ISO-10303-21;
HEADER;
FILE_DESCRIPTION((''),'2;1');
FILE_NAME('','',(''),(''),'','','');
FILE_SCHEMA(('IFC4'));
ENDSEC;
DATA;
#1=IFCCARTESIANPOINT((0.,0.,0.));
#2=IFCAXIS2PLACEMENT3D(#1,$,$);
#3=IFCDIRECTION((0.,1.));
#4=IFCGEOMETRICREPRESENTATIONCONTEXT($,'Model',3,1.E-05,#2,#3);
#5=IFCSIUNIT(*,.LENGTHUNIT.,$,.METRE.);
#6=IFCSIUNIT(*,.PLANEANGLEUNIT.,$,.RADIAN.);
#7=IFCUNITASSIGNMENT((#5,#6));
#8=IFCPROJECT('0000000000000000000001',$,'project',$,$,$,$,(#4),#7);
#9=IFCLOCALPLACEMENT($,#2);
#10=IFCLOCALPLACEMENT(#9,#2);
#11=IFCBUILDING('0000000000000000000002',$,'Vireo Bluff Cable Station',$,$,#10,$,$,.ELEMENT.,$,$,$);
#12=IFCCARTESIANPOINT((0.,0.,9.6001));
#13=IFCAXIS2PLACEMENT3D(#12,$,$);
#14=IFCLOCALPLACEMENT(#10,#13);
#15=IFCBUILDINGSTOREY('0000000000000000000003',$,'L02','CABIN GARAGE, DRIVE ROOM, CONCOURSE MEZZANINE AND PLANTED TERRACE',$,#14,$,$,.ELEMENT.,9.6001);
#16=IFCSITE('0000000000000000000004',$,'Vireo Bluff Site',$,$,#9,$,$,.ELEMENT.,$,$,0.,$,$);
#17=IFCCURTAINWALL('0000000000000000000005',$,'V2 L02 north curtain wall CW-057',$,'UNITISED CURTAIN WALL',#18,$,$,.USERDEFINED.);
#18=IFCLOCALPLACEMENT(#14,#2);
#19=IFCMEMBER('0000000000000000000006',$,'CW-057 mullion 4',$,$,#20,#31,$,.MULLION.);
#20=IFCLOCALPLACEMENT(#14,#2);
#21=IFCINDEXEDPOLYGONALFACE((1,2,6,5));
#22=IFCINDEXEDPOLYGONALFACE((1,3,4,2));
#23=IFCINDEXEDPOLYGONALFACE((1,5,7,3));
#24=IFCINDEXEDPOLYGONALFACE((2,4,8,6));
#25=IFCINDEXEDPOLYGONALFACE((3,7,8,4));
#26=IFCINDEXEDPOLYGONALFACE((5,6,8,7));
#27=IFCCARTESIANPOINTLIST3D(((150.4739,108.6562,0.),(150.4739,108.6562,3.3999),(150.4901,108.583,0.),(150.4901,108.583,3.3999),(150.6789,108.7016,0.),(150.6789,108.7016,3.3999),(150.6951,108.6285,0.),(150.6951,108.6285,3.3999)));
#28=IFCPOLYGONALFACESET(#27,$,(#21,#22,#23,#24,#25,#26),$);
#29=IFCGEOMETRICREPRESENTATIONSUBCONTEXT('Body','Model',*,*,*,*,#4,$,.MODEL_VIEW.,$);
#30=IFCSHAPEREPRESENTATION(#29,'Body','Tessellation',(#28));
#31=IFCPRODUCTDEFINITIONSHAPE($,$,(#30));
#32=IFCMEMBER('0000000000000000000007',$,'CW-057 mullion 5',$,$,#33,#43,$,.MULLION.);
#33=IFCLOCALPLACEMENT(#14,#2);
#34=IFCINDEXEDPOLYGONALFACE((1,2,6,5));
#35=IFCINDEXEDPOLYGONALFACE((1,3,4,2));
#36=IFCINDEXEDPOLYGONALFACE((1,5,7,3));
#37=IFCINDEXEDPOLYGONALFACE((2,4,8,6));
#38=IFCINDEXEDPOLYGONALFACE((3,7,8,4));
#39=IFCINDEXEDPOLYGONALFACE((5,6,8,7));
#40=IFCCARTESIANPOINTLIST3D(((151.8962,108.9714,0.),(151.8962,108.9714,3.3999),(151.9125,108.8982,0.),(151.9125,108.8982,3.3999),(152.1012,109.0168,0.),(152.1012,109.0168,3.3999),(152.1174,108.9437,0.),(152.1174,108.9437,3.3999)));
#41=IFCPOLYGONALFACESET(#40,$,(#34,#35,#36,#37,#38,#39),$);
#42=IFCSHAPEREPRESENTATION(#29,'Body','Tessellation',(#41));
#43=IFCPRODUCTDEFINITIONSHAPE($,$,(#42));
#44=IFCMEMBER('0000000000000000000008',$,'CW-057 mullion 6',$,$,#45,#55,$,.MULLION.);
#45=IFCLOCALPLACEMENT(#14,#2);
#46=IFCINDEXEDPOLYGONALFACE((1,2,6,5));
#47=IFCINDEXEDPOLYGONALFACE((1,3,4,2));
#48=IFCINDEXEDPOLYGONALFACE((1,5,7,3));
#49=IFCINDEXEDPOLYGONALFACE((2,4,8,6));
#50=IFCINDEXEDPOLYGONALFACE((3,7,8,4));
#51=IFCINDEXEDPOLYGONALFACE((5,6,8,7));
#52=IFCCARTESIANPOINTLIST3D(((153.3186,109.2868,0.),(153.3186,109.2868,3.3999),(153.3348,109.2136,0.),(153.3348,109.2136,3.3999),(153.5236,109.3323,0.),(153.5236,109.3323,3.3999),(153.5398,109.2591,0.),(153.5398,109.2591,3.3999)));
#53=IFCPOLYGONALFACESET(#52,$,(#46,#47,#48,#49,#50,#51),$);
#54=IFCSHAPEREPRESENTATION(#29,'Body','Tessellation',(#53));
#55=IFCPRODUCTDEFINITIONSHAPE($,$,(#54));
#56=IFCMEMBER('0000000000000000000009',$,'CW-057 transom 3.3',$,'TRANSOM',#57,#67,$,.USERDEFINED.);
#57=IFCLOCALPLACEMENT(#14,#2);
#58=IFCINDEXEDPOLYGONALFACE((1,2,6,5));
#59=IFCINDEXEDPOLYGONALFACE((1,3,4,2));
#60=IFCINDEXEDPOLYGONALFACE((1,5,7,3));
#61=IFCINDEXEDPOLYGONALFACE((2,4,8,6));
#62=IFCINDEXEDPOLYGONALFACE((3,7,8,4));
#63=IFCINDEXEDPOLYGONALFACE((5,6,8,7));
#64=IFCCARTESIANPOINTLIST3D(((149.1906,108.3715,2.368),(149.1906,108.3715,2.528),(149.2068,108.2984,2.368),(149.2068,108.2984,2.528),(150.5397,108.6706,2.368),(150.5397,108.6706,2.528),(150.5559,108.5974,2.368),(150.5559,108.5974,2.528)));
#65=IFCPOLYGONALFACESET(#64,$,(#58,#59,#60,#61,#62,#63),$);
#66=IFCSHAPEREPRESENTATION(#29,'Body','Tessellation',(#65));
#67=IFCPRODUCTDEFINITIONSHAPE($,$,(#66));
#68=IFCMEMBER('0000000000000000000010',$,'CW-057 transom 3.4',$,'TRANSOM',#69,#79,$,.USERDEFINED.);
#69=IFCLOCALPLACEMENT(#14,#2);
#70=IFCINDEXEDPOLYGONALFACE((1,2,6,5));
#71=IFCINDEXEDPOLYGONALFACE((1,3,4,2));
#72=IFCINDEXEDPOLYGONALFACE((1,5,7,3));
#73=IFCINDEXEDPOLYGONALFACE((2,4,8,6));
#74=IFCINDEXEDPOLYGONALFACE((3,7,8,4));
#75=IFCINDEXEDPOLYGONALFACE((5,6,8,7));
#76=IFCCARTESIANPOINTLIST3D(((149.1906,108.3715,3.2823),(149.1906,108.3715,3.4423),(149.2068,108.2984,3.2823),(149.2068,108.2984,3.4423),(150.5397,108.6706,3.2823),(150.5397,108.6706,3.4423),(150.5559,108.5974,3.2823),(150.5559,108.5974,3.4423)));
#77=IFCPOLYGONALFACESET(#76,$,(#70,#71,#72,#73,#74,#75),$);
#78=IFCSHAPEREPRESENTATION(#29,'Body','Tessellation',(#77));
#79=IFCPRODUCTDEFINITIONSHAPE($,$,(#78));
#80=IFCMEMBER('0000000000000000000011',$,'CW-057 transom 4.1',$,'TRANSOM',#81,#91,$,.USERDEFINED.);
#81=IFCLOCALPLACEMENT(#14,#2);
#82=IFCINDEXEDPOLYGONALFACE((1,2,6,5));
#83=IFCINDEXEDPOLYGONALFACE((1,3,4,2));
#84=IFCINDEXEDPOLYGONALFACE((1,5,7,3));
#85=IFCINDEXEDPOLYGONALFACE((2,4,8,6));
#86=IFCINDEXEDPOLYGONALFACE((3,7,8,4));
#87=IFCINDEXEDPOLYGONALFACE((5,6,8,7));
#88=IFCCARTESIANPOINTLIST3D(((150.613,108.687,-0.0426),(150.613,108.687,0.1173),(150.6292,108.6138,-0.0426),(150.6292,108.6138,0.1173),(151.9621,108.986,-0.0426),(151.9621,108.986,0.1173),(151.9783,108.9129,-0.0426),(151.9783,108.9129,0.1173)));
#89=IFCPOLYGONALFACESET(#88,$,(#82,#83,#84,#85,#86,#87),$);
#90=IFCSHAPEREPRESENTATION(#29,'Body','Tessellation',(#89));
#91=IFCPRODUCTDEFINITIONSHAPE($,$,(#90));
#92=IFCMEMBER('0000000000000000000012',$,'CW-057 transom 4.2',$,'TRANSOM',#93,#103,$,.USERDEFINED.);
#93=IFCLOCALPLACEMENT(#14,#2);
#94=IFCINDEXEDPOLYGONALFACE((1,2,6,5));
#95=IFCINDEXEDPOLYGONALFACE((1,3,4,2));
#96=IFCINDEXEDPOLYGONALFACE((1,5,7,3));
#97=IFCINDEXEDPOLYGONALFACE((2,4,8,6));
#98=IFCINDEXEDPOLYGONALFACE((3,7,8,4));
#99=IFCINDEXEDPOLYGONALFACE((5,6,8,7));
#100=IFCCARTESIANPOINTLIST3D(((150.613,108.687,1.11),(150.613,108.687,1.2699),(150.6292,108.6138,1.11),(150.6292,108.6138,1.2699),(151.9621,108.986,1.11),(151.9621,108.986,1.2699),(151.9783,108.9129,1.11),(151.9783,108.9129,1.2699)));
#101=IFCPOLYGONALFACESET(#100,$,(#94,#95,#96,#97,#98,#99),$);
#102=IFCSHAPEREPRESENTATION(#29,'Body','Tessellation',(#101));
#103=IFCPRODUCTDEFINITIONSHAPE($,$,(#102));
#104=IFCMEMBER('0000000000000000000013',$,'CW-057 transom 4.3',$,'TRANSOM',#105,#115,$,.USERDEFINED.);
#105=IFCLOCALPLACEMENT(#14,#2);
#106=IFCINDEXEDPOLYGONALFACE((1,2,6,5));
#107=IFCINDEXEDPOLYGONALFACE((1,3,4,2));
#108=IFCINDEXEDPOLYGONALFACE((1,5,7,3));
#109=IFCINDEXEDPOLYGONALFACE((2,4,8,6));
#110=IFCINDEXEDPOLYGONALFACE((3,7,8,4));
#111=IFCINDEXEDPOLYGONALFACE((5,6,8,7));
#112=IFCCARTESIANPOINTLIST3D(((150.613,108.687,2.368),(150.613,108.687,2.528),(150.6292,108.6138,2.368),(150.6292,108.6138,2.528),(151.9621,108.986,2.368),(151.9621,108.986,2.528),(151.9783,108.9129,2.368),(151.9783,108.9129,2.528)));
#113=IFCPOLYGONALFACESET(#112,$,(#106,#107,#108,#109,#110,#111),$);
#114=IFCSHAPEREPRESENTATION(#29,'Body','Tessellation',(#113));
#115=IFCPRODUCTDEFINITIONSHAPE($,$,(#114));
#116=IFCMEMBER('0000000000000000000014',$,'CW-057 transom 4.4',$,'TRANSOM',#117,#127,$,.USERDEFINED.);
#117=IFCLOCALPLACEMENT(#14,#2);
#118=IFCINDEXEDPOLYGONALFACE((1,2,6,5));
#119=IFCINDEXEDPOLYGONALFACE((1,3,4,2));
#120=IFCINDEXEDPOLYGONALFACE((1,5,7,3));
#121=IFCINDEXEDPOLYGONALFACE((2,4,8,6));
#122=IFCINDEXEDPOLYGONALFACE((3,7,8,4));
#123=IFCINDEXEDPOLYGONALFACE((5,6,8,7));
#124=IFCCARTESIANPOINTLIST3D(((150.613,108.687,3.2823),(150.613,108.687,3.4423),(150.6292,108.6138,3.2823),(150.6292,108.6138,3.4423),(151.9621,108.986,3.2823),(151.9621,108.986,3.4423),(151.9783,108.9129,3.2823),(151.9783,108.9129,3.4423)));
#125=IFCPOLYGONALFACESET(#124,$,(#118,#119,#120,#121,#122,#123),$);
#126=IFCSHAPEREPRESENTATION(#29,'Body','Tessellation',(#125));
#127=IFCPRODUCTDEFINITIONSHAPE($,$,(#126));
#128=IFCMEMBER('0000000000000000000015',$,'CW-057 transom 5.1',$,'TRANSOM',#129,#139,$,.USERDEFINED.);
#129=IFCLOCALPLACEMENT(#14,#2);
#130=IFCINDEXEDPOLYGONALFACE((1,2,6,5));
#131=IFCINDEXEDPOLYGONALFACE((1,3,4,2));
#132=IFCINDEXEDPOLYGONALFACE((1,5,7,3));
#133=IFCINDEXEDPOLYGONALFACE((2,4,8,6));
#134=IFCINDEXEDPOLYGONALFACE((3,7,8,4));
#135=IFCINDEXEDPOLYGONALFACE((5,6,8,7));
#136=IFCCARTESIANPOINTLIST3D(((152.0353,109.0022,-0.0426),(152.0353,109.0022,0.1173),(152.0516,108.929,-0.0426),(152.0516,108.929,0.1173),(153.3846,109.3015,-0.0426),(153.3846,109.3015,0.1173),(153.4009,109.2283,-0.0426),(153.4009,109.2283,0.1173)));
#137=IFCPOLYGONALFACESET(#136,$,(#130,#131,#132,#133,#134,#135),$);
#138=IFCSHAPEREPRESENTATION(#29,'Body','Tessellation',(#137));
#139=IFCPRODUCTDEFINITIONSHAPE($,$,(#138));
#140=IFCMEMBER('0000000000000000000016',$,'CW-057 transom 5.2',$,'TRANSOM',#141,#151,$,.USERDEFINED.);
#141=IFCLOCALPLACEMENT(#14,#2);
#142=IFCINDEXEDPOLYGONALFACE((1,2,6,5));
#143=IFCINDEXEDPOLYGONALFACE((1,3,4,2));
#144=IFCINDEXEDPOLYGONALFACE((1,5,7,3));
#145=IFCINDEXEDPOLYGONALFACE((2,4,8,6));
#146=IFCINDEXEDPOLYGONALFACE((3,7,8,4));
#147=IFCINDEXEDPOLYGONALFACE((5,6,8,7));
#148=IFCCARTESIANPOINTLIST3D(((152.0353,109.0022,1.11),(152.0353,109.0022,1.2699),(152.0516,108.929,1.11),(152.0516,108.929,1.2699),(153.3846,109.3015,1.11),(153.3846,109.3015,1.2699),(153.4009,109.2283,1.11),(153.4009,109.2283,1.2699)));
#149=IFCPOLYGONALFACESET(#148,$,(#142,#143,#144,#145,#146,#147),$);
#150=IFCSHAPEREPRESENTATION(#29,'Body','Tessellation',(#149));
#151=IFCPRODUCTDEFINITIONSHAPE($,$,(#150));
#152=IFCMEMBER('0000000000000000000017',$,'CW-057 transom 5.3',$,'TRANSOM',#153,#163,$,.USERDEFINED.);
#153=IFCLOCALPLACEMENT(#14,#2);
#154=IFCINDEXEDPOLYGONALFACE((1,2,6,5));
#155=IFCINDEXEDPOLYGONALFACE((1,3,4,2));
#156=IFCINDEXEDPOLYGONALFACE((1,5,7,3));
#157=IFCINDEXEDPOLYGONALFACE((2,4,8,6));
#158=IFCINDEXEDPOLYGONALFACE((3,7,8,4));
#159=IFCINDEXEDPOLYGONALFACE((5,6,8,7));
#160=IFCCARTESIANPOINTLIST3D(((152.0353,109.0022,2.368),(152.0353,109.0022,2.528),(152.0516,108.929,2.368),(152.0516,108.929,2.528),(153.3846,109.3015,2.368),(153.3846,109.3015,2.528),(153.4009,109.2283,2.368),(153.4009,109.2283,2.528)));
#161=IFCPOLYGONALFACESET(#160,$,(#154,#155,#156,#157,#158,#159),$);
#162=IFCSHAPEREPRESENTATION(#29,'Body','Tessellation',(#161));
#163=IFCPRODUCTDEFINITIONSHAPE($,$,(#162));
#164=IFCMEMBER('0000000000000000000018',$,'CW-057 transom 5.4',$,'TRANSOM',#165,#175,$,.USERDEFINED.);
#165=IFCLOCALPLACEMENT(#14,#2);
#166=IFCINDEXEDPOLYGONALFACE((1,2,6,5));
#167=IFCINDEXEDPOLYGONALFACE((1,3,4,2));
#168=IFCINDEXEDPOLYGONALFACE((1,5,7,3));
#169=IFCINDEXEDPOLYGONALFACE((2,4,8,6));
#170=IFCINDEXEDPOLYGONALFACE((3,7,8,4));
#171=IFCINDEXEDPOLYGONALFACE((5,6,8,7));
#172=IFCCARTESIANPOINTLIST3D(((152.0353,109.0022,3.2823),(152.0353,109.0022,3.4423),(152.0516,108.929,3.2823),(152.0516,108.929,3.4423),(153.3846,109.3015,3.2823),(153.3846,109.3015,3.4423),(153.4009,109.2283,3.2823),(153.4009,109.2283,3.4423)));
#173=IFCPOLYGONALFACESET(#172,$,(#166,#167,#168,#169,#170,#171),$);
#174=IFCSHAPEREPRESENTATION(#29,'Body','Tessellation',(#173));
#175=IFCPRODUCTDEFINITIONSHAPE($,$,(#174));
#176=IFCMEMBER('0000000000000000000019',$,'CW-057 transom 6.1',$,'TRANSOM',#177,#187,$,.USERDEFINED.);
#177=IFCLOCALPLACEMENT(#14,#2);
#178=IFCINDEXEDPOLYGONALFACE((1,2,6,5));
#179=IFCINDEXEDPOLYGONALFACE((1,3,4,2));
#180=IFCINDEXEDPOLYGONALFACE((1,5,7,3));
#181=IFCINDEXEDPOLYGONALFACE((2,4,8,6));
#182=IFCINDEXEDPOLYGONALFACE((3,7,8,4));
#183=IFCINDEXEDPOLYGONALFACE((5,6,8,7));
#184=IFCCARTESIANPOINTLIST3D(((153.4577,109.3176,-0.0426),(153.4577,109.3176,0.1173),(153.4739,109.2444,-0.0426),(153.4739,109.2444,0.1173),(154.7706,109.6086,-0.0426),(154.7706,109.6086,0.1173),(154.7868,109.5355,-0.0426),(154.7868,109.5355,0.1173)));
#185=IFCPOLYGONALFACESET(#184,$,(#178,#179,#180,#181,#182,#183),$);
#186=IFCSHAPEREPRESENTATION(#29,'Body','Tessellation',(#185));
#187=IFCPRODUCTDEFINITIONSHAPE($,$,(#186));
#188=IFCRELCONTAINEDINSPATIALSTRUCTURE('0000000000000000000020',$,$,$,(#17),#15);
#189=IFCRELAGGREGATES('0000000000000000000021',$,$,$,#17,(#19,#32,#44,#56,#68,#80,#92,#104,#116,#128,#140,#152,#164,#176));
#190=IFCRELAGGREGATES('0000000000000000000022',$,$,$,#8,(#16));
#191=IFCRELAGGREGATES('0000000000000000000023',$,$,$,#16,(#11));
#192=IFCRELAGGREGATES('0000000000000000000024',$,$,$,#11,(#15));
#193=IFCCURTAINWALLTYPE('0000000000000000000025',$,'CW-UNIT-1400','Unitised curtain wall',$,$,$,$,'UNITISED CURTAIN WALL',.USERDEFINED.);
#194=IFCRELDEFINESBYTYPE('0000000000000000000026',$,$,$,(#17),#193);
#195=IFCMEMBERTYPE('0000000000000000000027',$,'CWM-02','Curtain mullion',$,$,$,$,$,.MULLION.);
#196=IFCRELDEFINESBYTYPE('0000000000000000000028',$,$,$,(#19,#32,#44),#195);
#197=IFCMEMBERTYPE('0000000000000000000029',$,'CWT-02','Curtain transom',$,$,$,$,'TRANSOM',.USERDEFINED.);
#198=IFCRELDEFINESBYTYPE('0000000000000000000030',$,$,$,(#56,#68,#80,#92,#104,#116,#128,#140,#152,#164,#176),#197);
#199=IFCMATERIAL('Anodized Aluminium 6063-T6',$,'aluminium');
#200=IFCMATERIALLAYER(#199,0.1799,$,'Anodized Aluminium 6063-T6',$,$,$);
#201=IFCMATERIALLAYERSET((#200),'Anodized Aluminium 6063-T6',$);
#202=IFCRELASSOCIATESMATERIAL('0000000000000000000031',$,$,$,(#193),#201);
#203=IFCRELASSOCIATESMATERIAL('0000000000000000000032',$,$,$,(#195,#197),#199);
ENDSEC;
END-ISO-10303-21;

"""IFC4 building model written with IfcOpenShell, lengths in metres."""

from ifc_helpers import new_model, si_unit, direction, frame, origin, origin_2d, place, context, subcontext, project, spatial, rectangle, extrude, material, layer, layer_set, material_profile, profile_set, type_object, element, aggregate, save


model = new_model("IFC4")

# Units and contexts
model_context = context("Model", 3, precision=1e-05, world=origin(), true_north=direction((0.0, 1.0)))
body_context = subcontext(model_context, "Body", "Model", "MODEL_VIEW")
ifc_project = project(units=[si_unit("LENGTHUNIT", "METRE"), si_unit("PLANEANGLEUNIT", "RADIAN")], contexts=[model_context])

# Site, building, storey
site_placement = place(None, origin())
site = spatial("IfcSite", under=ifc_project, at=site_placement, Name="Vireo Bluff Site", CompositionType="ELEMENT", RefElevation=0.0)
building_placement = place(site_placement, origin())
building = spatial("IfcBuilding", under=site, at=building_placement, Name="Vireo Bluff Cable Station", CompositionType="ELEMENT")
storey_placement = place(building_placement, frame((0.0, 0.0, 9.6001)))
storey = spatial("IfcBuildingStorey", under=building, at=storey_placement, Name="L02", Description="CABIN GARAGE, DRIVE ROOM, CONCOURSE MEZZANINE AND PLANTED TERRACE", CompositionType="ELEMENT", Elevation=9.6001)

# Curtain wall, members
ifc_material_1 = material(Name="Anodized Aluminium 6063-T6", Category="aluminium")
ifc_layer_1 = layer(ifc_material_1, 0.1799, Name="Anodized Aluminium 6063-T6")
ifc_layer_set_1 = layer_set([ifc_layer_1], Name="Anodized Aluminium 6063-T6")
curtain_wall_type = type_object("IfcCurtainWallType", Name="CW-UNIT-1400", Description="Unitised curtain wall", ElementType="UNITISED CURTAIN WALL", PredefinedType="USERDEFINED", material=ifc_layer_set_1)
curtain_wall_placement = place(storey_placement, origin())
curtain_wall = element("IfcCurtainWall", 1, at=curtain_wall_placement, inside=storey, type_object=curtain_wall_type, Name="V2 L02 north curtain wall CW-057", ObjectType="UNITISED CURTAIN WALL", PredefinedType="USERDEFINED")
ifc_material_profile_1 = material_profile(ifc_material_1, rectangle(XDim=0.075, YDim=0.21, at=origin_2d()), Name="ALU-M-75X210")
ifc_profile_set_1 = profile_set([ifc_material_profile_1], Name="Anodized Aluminium 6063-T6")
member_type_1 = type_object("IfcMemberType", Name="CWM-02", Description="Curtain mullion", PredefinedType="MULLION", material=ifc_profile_set_1)
member_1_placement = place(storey_placement, frame((150.5845, 108.6423, 0.0), z_axis=(0.0, 0.0, 1.0), x_axis=(-0.21644, 0.976296, 0.0)))
member_1 = element("IfcMember", 2, at=member_1_placement, type_object=member_type_1, Name="CW-057 mullion 4", PredefinedType="MULLION", context=body_context, shape_type="SweptSolid", body=[
    extrude(rectangle(XDim=0.075, YDim=0.21, at=origin_2d()), origin(), (0.0, 0.0, 1.0), 3.3999),
])
member_2_placement = place(storey_placement, frame((152.0068, 108.9575, 0.0), z_axis=(0.0, 0.0, 1.0), x_axis=(-0.21644, 0.976296, 0.0)))
member_2 = element("IfcMember", 3, at=member_2_placement, type_object=member_type_1, Name="CW-057 mullion 5", PredefinedType="MULLION", context=body_context, shape_type="SweptSolid", body=[
    extrude(rectangle(XDim=0.075, YDim=0.21, at=origin_2d()), origin(), (0.0, 0.0, 1.0), 3.3999),
])
member_3_placement = place(storey_placement, frame((153.4292, 109.2729, 0.0), z_axis=(0.0, 0.0, 1.0), x_axis=(-0.21644, 0.976296, 0.0)))
member_3 = element("IfcMember", 4, at=member_3_placement, type_object=member_type_1, Name="CW-057 mullion 6", PredefinedType="MULLION", context=body_context, shape_type="SweptSolid", body=[
    extrude(rectangle(XDim=0.075, YDim=0.21, at=origin_2d()), origin(), (0.0, 0.0, 1.0), 3.3999),
])
ifc_material_profile_2 = material_profile(ifc_material_1, rectangle(XDim=0.075, YDim=0.1599, at=origin_2d()), Name="ALU-T-75X160")
ifc_profile_set_2 = profile_set([ifc_material_profile_2], Name="Anodized Aluminium 6063-T6")
member_type_2 = type_object("IfcMemberType", Name="CWT-02", Description="Curtain transom", ElementType="TRANSOM", PredefinedType="USERDEFINED", material=ifc_profile_set_2)
member_4_placement = place(storey_placement, frame((149.1987, 108.335, 2.448), z_axis=(0.976299, 0.216425, 0.0), x_axis=(-0.216425, 0.976299, 0.0)))
member_4 = element("IfcMember", 5, at=member_4_placement, type_object=member_type_2, Name="CW-057 transom 3.3", ObjectType="TRANSOM", PredefinedType="USERDEFINED", context=body_context, shape_type="SweptSolid", body=[
    extrude(rectangle(XDim=0.075, YDim=0.1599, at=origin_2d()), origin(), (0.0, 0.0, 1.0), 1.3818),
])
member_5_placement = place(storey_placement, frame((149.1987, 108.335, 3.3623), z_axis=(0.976299, 0.216425, 0.0), x_axis=(-0.216425, 0.976299, 0.0)))
member_5 = element("IfcMember", 6, at=member_5_placement, type_object=member_type_2, Name="CW-057 transom 3.4", ObjectType="TRANSOM", PredefinedType="USERDEFINED", context=body_context, shape_type="SweptSolid", body=[
    extrude(rectangle(XDim=0.075, YDim=0.1599, at=origin_2d()), origin(), (0.0, 0.0, 1.0), 1.3818),
])
member_6_placement = place(storey_placement, frame((150.6211, 108.6504, 0.0374), z_axis=(0.976299, 0.216425, 0.0), x_axis=(-0.216425, 0.976299, 0.0)))
member_6 = element("IfcMember", 7, at=member_6_placement, type_object=member_type_2, Name="CW-057 transom 4.1", ObjectType="TRANSOM", PredefinedType="USERDEFINED", context=body_context, shape_type="SweptSolid", body=[
    extrude(rectangle(XDim=0.075, YDim=0.1599, at=origin_2d()), origin(), (0.0, 0.0, 1.0), 1.3818),
])
member_7_placement = place(storey_placement, frame((150.6211, 108.6504, 1.1899), z_axis=(0.976299, 0.216425, 0.0), x_axis=(-0.216425, 0.976299, 0.0)))
member_7 = element("IfcMember", 8, at=member_7_placement, type_object=member_type_2, Name="CW-057 transom 4.2", ObjectType="TRANSOM", PredefinedType="USERDEFINED", context=body_context, shape_type="SweptSolid", body=[
    extrude(rectangle(XDim=0.075, YDim=0.1599, at=origin_2d()), origin(), (0.0, 0.0, 1.0), 1.3818),
])
member_8_placement = place(storey_placement, frame((150.6211, 108.6504, 2.448), z_axis=(0.976299, 0.216425, 0.0), x_axis=(-0.216425, 0.976299, 0.0)))
member_8 = element("IfcMember", 9, at=member_8_placement, type_object=member_type_2, Name="CW-057 transom 4.3", ObjectType="TRANSOM", PredefinedType="USERDEFINED", context=body_context, shape_type="SweptSolid", body=[
    extrude(rectangle(XDim=0.075, YDim=0.1599, at=origin_2d()), origin(), (0.0, 0.0, 1.0), 1.3818),
])
member_9_placement = place(storey_placement, frame((150.6211, 108.6504, 3.3623), z_axis=(0.976299, 0.216425, 0.0), x_axis=(-0.216425, 0.976299, 0.0)))
member_9 = element("IfcMember", 10, at=member_9_placement, type_object=member_type_2, Name="CW-057 transom 4.4", ObjectType="TRANSOM", PredefinedType="USERDEFINED", context=body_context, shape_type="SweptSolid", body=[
    extrude(rectangle(XDim=0.075, YDim=0.1599, at=origin_2d()), origin(), (0.0, 0.0, 1.0), 1.3818),
])
member_10_placement = place(storey_placement, frame((152.0435, 108.9656, 0.0374), z_axis=(0.97627, 0.216556, 0.0), x_axis=(-0.216556, 0.97627, 0.0)))
member_10 = element("IfcMember", 11, at=member_10_placement, type_object=member_type_2, Name="CW-057 transom 5.1", ObjectType="TRANSOM", PredefinedType="USERDEFINED", context=body_context, shape_type="SweptSolid", body=[
    extrude(rectangle(XDim=0.075, YDim=0.1599, at=origin_2d()), origin(), (0.0, 0.0, 1.0), 1.3821),
])
member_11_placement = place(storey_placement, frame((152.0435, 108.9656, 1.1899), z_axis=(0.97627, 0.216556, 0.0), x_axis=(-0.216556, 0.97627, 0.0)))
member_11 = element("IfcMember", 12, at=member_11_placement, type_object=member_type_2, Name="CW-057 transom 5.2", ObjectType="TRANSOM", PredefinedType="USERDEFINED", context=body_context, shape_type="SweptSolid", body=[
    extrude(rectangle(XDim=0.075, YDim=0.1599, at=origin_2d()), origin(), (0.0, 0.0, 1.0), 1.3821),
])
member_12_placement = place(storey_placement, frame((152.0435, 108.9656, 2.448), z_axis=(0.97627, 0.216556, 0.0), x_axis=(-0.216556, 0.97627, 0.0)))
member_12 = element("IfcMember", 13, at=member_12_placement, type_object=member_type_2, Name="CW-057 transom 5.3", ObjectType="TRANSOM", PredefinedType="USERDEFINED", context=body_context, shape_type="SweptSolid", body=[
    extrude(rectangle(XDim=0.075, YDim=0.1599, at=origin_2d()), origin(), (0.0, 0.0, 1.0), 1.3821),
])
member_13_placement = place(storey_placement, frame((152.0435, 108.9656, 3.3623), z_axis=(0.97627, 0.216556, 0.0), x_axis=(-0.216556, 0.97627, 0.0)))
member_13 = element("IfcMember", 14, at=member_13_placement, type_object=member_type_2, Name="CW-057 transom 5.4", ObjectType="TRANSOM", PredefinedType="USERDEFINED", context=body_context, shape_type="SweptSolid", body=[
    extrude(rectangle(XDim=0.075, YDim=0.1599, at=origin_2d()), origin(), (0.0, 0.0, 1.0), 1.3821),
])
member_14_placement = place(storey_placement, frame((153.4658, 109.281, 0.0374), z_axis=(0.976298, 0.216431, 0.0), x_axis=(-0.216431, 0.976298, 0.0)))
member_14 = element("IfcMember", 15, at=member_14_placement, type_object=member_type_2, Name="CW-057 transom 6.1", ObjectType="TRANSOM", PredefinedType="USERDEFINED", context=body_context, shape_type="SweptSolid", body=[
    extrude(rectangle(XDim=0.075, YDim=0.1599, at=origin_2d()), origin(), (0.0, 0.0, 1.0), 1.3447),
])
aggregate(curtain_wall, [member_1, member_2, member_3, member_4, member_5, member_6, member_7, member_8, member_9, member_10, member_11, member_12, member_13, member_14])

save(model, "model.ifc")
